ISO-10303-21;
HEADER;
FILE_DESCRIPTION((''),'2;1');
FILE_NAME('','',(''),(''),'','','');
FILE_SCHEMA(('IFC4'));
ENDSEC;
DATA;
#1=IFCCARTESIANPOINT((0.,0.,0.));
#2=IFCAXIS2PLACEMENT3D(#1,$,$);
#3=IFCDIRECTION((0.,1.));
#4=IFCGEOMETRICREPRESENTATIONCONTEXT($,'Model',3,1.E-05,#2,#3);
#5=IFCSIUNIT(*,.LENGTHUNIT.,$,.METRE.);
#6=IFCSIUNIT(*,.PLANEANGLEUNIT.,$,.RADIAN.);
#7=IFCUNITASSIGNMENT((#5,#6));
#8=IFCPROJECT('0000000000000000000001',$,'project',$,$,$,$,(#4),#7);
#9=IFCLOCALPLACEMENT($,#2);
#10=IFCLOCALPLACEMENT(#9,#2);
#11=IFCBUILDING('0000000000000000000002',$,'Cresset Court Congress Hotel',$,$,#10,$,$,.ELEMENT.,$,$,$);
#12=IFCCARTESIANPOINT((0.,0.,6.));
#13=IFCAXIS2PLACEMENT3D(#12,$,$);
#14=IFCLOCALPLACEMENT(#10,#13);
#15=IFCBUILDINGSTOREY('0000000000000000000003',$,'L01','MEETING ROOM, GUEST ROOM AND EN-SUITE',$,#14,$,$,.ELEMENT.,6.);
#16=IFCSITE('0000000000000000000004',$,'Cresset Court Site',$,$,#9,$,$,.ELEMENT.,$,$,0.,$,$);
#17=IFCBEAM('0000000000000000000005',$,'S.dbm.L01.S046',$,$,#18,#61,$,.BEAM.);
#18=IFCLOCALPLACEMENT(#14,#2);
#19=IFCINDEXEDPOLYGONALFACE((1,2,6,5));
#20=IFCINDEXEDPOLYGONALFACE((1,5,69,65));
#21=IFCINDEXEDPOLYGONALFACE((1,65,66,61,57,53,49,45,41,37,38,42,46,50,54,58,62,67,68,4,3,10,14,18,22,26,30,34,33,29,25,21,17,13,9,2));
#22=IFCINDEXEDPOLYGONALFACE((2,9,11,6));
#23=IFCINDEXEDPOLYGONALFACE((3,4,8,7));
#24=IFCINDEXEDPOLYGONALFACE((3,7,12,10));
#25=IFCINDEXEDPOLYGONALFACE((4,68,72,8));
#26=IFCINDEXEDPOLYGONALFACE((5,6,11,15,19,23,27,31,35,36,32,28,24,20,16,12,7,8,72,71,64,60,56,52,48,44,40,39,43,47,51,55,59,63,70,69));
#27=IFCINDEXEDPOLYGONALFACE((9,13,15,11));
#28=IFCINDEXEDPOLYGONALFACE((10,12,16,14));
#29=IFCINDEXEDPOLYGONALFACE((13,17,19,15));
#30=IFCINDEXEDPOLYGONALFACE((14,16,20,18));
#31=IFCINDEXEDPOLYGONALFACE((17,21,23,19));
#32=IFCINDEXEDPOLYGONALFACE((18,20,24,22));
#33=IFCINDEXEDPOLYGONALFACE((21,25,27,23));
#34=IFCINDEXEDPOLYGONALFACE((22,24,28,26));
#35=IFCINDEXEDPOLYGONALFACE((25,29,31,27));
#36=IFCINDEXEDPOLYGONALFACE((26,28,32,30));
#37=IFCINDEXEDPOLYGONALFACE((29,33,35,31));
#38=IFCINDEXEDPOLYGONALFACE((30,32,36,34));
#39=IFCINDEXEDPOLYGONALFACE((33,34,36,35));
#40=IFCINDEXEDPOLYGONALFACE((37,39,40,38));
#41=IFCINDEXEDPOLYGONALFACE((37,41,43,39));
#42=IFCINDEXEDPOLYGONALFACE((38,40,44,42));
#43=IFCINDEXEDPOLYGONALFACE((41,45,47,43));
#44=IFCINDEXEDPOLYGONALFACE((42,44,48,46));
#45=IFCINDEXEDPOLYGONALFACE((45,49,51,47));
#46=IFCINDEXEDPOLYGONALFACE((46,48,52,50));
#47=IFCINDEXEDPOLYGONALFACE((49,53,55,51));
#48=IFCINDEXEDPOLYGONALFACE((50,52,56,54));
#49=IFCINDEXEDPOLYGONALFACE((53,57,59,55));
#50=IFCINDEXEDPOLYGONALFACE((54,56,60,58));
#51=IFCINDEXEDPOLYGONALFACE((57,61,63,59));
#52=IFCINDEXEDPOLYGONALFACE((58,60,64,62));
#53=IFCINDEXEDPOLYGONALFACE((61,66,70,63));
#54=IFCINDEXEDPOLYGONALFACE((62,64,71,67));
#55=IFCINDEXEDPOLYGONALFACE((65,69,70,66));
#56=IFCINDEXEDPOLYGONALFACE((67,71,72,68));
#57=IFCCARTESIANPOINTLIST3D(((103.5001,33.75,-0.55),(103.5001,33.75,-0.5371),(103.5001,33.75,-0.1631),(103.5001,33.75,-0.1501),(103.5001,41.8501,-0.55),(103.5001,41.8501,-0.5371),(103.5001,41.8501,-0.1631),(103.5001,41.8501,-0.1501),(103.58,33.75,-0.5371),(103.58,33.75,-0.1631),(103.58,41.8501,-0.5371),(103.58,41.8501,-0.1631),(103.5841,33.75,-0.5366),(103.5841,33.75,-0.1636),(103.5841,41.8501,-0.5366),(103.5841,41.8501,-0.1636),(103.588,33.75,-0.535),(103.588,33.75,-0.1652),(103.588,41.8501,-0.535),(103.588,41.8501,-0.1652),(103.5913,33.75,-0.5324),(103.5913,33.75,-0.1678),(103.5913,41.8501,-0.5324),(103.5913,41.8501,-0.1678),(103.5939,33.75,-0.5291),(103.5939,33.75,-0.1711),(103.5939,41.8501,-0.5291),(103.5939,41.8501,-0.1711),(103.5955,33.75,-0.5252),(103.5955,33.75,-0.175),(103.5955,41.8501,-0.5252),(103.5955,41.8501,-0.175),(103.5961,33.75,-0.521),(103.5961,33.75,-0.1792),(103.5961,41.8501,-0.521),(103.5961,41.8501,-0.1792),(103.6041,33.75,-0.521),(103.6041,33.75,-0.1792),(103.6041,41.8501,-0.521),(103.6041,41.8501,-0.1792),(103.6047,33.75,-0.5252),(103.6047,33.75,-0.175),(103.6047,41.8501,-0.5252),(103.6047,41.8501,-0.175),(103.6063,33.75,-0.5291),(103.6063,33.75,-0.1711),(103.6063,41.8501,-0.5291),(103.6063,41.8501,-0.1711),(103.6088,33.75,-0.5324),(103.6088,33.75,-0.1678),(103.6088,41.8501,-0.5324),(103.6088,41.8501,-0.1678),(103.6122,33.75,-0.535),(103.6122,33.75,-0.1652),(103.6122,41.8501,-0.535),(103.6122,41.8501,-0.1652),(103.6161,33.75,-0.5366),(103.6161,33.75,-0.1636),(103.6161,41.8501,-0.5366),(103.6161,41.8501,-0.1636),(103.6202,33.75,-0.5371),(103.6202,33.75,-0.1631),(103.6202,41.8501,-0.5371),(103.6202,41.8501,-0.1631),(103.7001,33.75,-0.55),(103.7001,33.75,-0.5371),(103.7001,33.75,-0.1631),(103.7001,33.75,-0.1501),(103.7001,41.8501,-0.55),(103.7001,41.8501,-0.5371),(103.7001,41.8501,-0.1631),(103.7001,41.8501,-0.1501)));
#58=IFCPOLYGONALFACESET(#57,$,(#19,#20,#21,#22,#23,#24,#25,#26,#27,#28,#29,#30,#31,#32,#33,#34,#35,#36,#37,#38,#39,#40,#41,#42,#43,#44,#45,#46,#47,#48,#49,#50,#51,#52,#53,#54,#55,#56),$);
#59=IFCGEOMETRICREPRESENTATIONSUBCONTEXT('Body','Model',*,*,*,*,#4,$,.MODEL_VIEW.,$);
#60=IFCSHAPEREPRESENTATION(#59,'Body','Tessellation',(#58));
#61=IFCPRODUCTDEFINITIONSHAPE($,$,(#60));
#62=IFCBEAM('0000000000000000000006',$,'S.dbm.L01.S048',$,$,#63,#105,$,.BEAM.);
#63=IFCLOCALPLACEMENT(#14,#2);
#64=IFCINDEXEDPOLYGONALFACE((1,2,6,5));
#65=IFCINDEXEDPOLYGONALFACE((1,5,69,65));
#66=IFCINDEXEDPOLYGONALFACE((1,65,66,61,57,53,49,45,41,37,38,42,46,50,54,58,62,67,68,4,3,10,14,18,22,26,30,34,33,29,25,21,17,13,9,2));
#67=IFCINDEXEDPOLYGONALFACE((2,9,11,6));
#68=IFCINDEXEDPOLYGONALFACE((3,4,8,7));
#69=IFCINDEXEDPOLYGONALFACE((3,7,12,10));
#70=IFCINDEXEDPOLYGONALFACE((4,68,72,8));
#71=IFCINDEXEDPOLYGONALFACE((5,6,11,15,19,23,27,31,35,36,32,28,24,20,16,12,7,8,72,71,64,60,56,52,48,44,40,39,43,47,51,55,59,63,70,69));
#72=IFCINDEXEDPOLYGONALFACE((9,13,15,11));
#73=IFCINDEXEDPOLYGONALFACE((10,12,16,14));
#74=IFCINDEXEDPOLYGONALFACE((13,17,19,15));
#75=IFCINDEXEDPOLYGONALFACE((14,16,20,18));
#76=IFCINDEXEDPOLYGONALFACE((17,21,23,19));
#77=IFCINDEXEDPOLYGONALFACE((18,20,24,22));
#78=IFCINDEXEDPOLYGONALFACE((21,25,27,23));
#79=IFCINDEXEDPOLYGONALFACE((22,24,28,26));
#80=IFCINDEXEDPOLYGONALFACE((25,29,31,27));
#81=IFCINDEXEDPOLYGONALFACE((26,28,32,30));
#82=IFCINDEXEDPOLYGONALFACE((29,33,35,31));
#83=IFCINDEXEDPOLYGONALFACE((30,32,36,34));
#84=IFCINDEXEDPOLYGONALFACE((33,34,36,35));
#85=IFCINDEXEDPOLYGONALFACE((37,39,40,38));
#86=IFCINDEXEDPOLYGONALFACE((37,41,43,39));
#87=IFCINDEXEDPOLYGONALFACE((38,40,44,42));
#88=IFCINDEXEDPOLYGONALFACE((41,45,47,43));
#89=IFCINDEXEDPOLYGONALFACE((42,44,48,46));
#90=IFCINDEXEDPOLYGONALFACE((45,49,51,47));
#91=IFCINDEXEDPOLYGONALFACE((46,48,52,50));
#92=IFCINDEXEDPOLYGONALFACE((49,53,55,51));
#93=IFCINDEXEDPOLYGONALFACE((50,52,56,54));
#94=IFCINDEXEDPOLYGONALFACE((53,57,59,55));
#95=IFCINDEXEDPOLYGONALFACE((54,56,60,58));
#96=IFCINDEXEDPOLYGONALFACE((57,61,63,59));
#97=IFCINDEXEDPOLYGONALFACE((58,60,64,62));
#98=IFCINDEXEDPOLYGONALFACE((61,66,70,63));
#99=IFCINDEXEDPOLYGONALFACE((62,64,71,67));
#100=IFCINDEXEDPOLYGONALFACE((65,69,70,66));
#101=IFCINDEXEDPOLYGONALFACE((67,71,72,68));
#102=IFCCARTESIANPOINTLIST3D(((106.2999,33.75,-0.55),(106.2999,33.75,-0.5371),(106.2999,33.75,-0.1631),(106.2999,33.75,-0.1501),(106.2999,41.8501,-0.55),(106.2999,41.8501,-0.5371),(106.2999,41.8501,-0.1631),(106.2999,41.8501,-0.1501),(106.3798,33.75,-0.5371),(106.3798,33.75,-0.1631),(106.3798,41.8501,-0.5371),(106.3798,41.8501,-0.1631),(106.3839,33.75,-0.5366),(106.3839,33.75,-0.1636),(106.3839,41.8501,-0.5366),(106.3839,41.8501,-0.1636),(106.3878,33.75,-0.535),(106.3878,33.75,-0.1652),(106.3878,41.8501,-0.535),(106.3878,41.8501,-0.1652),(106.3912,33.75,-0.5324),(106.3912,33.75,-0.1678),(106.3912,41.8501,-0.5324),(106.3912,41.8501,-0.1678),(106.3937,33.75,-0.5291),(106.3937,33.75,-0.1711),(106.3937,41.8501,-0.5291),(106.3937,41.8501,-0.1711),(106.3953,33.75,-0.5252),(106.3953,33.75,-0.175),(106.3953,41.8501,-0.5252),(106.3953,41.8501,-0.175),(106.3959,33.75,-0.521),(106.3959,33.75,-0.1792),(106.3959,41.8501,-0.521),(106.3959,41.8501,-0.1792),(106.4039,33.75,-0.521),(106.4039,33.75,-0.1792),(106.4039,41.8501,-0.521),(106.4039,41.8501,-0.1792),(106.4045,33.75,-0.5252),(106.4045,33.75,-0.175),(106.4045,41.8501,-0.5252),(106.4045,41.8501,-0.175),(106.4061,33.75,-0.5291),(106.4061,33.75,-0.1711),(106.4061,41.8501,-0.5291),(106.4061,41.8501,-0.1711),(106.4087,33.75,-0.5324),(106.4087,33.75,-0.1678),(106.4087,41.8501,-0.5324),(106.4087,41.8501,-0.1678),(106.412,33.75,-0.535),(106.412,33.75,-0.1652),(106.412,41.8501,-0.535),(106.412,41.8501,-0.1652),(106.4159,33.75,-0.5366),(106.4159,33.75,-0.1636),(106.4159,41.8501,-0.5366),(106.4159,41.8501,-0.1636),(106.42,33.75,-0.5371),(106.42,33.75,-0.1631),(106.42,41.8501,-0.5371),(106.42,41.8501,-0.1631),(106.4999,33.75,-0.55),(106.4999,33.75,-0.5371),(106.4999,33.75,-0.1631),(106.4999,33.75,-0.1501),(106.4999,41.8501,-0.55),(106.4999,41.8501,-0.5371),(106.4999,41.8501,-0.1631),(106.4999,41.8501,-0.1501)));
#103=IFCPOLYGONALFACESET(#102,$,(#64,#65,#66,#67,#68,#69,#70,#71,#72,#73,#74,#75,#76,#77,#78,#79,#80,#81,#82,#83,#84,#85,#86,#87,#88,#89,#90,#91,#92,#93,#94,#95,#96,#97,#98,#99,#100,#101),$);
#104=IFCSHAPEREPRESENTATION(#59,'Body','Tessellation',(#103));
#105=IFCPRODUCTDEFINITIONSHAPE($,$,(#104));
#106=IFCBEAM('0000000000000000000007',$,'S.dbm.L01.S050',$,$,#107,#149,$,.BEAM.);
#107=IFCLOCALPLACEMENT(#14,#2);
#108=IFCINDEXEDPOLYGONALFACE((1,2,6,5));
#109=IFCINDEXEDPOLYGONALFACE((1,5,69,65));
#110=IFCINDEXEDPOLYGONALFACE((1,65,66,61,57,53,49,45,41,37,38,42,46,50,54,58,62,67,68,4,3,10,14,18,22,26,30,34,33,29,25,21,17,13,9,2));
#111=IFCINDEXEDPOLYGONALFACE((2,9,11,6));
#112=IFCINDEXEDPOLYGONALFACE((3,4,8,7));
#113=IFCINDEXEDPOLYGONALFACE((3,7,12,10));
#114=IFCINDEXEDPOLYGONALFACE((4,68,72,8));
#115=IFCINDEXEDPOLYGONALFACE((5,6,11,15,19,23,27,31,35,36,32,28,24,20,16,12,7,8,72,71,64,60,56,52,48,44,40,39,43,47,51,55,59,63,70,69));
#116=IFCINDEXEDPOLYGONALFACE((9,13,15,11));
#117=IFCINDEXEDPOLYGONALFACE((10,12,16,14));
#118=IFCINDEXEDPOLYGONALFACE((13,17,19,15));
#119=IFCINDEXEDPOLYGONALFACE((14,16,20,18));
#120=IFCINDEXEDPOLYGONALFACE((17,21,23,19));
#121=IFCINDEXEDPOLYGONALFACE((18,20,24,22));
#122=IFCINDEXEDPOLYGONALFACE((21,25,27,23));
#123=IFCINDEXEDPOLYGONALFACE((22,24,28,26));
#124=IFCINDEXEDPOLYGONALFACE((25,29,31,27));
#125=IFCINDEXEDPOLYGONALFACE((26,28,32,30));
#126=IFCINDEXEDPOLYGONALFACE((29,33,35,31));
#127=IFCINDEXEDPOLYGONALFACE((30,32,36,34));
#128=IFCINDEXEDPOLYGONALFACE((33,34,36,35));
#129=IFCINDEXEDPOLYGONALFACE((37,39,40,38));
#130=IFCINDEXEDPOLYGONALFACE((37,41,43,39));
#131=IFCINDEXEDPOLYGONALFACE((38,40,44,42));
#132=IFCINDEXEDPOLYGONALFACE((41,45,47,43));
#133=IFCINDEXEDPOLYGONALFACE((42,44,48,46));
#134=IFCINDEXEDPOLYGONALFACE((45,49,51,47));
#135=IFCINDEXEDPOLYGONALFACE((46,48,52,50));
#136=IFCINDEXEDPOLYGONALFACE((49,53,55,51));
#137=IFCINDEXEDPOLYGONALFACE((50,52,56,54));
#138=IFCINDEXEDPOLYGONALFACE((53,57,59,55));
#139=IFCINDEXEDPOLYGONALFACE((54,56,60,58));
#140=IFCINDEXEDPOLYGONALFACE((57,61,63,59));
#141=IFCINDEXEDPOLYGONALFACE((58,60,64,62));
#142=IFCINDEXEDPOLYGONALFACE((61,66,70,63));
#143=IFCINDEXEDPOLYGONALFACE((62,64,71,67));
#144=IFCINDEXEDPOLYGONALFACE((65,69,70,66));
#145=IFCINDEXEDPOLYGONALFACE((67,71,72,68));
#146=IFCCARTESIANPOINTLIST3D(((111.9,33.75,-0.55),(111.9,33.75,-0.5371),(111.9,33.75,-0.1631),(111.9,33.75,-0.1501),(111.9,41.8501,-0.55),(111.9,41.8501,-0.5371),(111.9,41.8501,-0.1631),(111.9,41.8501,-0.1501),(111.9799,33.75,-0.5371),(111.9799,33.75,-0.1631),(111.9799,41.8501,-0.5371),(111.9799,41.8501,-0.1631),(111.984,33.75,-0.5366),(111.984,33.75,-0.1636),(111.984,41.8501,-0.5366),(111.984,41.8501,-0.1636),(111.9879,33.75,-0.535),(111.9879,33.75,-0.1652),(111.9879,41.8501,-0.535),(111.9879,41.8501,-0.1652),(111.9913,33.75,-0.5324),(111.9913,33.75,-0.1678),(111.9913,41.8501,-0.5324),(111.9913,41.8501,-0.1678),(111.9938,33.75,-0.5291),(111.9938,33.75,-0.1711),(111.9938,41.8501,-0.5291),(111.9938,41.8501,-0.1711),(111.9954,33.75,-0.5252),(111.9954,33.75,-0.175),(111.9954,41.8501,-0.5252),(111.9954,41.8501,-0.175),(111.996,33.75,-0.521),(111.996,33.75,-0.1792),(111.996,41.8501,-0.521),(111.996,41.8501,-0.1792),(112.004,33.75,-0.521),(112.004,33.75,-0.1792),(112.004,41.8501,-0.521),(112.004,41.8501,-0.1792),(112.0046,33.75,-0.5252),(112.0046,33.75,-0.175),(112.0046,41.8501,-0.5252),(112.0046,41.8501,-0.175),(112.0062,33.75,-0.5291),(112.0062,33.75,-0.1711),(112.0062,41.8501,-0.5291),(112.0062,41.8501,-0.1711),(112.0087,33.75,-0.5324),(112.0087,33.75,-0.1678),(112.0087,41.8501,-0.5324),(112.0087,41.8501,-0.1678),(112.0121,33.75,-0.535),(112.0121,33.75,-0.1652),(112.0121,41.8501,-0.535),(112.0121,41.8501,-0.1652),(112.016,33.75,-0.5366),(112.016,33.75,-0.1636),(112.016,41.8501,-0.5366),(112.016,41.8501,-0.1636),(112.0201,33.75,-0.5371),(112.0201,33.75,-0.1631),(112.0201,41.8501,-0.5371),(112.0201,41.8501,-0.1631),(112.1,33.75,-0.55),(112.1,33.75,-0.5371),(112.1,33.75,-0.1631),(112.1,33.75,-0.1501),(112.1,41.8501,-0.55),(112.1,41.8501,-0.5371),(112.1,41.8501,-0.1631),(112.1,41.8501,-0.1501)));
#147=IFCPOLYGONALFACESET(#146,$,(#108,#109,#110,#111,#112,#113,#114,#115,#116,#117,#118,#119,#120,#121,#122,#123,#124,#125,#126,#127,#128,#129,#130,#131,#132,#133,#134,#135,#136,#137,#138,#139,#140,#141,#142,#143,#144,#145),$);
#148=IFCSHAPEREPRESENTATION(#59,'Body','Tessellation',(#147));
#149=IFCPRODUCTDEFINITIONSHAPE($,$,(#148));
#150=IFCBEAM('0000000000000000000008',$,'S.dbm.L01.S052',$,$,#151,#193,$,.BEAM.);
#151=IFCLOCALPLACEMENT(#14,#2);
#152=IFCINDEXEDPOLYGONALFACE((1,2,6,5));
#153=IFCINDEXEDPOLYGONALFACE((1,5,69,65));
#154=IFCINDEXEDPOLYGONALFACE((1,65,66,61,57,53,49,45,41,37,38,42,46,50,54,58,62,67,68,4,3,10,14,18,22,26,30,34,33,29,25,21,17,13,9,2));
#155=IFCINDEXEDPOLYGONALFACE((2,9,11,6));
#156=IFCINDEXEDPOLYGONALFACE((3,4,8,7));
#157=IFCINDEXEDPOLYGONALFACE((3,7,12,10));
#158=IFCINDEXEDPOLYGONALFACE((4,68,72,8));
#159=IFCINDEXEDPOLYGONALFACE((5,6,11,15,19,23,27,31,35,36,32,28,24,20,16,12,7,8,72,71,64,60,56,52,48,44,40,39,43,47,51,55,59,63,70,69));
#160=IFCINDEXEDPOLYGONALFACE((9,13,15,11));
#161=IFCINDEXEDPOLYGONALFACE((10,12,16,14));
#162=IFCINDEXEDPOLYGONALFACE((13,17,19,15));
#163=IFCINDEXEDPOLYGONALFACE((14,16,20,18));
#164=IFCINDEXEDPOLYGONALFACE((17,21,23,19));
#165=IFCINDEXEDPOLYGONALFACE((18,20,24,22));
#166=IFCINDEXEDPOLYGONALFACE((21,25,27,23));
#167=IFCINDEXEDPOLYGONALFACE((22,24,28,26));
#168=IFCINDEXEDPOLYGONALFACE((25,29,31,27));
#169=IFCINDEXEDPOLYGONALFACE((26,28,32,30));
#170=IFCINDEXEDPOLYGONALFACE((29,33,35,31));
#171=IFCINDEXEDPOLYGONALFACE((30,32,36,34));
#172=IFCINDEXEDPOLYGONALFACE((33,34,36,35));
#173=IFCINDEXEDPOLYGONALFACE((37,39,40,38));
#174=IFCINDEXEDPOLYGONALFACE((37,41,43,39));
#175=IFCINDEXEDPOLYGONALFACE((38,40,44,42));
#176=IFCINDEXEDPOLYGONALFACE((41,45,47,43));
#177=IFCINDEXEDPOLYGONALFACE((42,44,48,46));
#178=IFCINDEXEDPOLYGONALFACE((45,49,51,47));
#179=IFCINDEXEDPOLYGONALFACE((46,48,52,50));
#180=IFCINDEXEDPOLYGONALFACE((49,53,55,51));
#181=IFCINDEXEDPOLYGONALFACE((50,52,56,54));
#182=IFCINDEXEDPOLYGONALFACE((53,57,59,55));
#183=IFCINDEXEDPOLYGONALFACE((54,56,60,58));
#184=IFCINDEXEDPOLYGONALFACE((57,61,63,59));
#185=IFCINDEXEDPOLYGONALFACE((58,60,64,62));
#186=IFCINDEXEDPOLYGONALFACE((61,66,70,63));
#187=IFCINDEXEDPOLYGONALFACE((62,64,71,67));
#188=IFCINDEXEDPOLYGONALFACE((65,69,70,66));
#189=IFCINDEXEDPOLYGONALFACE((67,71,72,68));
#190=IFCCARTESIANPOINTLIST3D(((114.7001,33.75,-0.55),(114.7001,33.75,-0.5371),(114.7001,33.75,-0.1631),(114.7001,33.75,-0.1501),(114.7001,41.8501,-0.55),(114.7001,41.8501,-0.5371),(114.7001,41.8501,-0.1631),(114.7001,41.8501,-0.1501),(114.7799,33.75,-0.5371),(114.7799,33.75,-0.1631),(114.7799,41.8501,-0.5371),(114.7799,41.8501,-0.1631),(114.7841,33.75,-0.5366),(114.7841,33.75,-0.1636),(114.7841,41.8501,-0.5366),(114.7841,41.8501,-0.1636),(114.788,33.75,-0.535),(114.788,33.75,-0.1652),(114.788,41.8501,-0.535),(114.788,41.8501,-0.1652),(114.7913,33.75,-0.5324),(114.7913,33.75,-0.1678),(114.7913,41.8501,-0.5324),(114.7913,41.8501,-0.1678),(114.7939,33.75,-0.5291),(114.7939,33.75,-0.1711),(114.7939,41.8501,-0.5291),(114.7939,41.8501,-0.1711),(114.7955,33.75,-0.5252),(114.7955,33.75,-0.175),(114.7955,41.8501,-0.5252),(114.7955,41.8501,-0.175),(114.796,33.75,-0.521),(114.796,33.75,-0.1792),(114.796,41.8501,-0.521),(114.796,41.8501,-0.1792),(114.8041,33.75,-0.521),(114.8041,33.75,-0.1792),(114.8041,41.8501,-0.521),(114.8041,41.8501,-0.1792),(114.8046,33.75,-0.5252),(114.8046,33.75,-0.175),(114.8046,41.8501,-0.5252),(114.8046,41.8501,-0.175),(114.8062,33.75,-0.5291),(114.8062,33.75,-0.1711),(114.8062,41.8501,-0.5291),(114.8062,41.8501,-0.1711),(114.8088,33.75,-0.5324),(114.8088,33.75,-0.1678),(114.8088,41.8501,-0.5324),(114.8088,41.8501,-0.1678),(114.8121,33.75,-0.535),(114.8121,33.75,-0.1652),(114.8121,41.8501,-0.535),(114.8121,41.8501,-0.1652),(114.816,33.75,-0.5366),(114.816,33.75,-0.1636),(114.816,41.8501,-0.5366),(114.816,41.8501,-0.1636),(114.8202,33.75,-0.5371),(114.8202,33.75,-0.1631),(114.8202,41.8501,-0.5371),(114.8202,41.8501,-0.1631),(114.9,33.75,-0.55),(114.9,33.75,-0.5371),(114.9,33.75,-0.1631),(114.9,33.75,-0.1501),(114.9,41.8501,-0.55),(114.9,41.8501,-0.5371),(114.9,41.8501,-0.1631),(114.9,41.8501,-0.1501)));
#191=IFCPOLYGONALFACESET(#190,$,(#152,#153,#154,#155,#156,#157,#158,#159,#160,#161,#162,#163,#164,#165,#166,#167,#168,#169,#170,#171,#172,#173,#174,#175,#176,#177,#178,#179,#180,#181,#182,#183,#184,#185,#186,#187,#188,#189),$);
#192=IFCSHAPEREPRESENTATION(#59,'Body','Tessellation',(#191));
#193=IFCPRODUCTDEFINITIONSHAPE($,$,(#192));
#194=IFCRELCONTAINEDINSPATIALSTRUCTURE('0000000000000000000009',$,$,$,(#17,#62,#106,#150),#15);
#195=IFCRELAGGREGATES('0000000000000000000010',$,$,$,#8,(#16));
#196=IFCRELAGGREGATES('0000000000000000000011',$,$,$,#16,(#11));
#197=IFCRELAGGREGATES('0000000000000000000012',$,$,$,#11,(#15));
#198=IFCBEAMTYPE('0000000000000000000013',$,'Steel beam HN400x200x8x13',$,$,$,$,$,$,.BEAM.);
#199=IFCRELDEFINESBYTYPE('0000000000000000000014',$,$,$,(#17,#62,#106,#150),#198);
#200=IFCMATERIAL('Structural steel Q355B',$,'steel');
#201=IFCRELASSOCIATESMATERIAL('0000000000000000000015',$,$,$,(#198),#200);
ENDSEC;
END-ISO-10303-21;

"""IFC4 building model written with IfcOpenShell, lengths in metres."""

from ifc_helpers import new_model, si_unit, direction, frame, origin, origin_2d, place, context, subcontext, project, spatial, i_section, extrude, material, material_profile, profile_set, type_object, element, save


model = new_model("IFC4")

# Units and contexts
model_context = context("Model", 3, precision=1e-05, world=origin(), true_north=direction((0.0, 1.0)))
body_context = subcontext(model_context, "Body", "Model", "MODEL_VIEW")
ifc_project = project(units=[si_unit("LENGTHUNIT", "METRE"), si_unit("PLANEANGLEUNIT", "RADIAN")], contexts=[model_context])

# Site, building, storey
site_placement = place(None, origin())
site = spatial("IfcSite", under=ifc_project, at=site_placement, Name="Cresset Court Site", CompositionType="ELEMENT", RefElevation=0.0)
building_placement = place(site_placement, origin())
building = spatial("IfcBuilding", under=site, at=building_placement, Name="Cresset Court Congress Hotel", CompositionType="ELEMENT")
storey_placement = place(building_placement, frame((0.0, 0.0, 6.0)))
storey = spatial("IfcBuildingStorey", under=building, at=storey_placement, Name="L01", Description="MEETING ROOM, GUEST ROOM AND EN-SUITE", CompositionType="ELEMENT", Elevation=6.0)

# Beams
ifc_material_1 = material(Name="Structural steel Q355B", Category="steel")
ifc_material_profile_1 = material_profile(ifc_material_1, i_section(OverallWidth=0.2, OverallDepth=0.3999, WebThickness=0.0081, FlangeThickness=0.0129, FilletRadius=0.0161, at=origin_2d()), Name="HN400x200x8x13")
ifc_profile_set_1 = profile_set([ifc_material_profile_1], Name="Structural steel Q355B")
beam_type_1 = type_object("IfcBeamType", Name="Steel beam HN400x200x8x13", PredefinedType="BEAM", material=ifc_profile_set_1)
for number, where, z_axis, x_axis, name in (
    (1, (103.6001, 33.75, -0.3501), (0.0, 1.0, 0.0), (-1.0, 0.0, 0.0), "S.dbm.L01.S046"),
    (2, (106.3999, 33.75, -0.3501), (0.0, 1.0, 0.0), (-1.0, 0.0, 0.0), "S.dbm.L01.S048"),
    (3, (112.0, 33.75, -0.3501), (0.0, 1.0, 0.0), (-1.0, 0.0, 0.0), "S.dbm.L01.S050"),
    (4, (114.8, 33.75, -0.3501), (0.0, 1.0, 0.0), (-1.0, 0.0, 0.0), "S.dbm.L01.S052"),
):
    element("IfcBeam", number, at=place(storey_placement, frame(where, z_axis=z_axis, x_axis=x_axis)), inside=storey, type_object=beam_type_1, Name=name, PredefinedType="BEAM", context=body_context, shape_type="SweptSolid", body=[
        extrude(i_section(OverallWidth=0.2, OverallDepth=0.3999, WebThickness=0.0081, FlangeThickness=0.0129, FilletRadius=0.0161, at=origin_2d()), origin(), (0.0, 0.0, 1.0), 8.1001),
    ])

save(model, "model.ifc")
